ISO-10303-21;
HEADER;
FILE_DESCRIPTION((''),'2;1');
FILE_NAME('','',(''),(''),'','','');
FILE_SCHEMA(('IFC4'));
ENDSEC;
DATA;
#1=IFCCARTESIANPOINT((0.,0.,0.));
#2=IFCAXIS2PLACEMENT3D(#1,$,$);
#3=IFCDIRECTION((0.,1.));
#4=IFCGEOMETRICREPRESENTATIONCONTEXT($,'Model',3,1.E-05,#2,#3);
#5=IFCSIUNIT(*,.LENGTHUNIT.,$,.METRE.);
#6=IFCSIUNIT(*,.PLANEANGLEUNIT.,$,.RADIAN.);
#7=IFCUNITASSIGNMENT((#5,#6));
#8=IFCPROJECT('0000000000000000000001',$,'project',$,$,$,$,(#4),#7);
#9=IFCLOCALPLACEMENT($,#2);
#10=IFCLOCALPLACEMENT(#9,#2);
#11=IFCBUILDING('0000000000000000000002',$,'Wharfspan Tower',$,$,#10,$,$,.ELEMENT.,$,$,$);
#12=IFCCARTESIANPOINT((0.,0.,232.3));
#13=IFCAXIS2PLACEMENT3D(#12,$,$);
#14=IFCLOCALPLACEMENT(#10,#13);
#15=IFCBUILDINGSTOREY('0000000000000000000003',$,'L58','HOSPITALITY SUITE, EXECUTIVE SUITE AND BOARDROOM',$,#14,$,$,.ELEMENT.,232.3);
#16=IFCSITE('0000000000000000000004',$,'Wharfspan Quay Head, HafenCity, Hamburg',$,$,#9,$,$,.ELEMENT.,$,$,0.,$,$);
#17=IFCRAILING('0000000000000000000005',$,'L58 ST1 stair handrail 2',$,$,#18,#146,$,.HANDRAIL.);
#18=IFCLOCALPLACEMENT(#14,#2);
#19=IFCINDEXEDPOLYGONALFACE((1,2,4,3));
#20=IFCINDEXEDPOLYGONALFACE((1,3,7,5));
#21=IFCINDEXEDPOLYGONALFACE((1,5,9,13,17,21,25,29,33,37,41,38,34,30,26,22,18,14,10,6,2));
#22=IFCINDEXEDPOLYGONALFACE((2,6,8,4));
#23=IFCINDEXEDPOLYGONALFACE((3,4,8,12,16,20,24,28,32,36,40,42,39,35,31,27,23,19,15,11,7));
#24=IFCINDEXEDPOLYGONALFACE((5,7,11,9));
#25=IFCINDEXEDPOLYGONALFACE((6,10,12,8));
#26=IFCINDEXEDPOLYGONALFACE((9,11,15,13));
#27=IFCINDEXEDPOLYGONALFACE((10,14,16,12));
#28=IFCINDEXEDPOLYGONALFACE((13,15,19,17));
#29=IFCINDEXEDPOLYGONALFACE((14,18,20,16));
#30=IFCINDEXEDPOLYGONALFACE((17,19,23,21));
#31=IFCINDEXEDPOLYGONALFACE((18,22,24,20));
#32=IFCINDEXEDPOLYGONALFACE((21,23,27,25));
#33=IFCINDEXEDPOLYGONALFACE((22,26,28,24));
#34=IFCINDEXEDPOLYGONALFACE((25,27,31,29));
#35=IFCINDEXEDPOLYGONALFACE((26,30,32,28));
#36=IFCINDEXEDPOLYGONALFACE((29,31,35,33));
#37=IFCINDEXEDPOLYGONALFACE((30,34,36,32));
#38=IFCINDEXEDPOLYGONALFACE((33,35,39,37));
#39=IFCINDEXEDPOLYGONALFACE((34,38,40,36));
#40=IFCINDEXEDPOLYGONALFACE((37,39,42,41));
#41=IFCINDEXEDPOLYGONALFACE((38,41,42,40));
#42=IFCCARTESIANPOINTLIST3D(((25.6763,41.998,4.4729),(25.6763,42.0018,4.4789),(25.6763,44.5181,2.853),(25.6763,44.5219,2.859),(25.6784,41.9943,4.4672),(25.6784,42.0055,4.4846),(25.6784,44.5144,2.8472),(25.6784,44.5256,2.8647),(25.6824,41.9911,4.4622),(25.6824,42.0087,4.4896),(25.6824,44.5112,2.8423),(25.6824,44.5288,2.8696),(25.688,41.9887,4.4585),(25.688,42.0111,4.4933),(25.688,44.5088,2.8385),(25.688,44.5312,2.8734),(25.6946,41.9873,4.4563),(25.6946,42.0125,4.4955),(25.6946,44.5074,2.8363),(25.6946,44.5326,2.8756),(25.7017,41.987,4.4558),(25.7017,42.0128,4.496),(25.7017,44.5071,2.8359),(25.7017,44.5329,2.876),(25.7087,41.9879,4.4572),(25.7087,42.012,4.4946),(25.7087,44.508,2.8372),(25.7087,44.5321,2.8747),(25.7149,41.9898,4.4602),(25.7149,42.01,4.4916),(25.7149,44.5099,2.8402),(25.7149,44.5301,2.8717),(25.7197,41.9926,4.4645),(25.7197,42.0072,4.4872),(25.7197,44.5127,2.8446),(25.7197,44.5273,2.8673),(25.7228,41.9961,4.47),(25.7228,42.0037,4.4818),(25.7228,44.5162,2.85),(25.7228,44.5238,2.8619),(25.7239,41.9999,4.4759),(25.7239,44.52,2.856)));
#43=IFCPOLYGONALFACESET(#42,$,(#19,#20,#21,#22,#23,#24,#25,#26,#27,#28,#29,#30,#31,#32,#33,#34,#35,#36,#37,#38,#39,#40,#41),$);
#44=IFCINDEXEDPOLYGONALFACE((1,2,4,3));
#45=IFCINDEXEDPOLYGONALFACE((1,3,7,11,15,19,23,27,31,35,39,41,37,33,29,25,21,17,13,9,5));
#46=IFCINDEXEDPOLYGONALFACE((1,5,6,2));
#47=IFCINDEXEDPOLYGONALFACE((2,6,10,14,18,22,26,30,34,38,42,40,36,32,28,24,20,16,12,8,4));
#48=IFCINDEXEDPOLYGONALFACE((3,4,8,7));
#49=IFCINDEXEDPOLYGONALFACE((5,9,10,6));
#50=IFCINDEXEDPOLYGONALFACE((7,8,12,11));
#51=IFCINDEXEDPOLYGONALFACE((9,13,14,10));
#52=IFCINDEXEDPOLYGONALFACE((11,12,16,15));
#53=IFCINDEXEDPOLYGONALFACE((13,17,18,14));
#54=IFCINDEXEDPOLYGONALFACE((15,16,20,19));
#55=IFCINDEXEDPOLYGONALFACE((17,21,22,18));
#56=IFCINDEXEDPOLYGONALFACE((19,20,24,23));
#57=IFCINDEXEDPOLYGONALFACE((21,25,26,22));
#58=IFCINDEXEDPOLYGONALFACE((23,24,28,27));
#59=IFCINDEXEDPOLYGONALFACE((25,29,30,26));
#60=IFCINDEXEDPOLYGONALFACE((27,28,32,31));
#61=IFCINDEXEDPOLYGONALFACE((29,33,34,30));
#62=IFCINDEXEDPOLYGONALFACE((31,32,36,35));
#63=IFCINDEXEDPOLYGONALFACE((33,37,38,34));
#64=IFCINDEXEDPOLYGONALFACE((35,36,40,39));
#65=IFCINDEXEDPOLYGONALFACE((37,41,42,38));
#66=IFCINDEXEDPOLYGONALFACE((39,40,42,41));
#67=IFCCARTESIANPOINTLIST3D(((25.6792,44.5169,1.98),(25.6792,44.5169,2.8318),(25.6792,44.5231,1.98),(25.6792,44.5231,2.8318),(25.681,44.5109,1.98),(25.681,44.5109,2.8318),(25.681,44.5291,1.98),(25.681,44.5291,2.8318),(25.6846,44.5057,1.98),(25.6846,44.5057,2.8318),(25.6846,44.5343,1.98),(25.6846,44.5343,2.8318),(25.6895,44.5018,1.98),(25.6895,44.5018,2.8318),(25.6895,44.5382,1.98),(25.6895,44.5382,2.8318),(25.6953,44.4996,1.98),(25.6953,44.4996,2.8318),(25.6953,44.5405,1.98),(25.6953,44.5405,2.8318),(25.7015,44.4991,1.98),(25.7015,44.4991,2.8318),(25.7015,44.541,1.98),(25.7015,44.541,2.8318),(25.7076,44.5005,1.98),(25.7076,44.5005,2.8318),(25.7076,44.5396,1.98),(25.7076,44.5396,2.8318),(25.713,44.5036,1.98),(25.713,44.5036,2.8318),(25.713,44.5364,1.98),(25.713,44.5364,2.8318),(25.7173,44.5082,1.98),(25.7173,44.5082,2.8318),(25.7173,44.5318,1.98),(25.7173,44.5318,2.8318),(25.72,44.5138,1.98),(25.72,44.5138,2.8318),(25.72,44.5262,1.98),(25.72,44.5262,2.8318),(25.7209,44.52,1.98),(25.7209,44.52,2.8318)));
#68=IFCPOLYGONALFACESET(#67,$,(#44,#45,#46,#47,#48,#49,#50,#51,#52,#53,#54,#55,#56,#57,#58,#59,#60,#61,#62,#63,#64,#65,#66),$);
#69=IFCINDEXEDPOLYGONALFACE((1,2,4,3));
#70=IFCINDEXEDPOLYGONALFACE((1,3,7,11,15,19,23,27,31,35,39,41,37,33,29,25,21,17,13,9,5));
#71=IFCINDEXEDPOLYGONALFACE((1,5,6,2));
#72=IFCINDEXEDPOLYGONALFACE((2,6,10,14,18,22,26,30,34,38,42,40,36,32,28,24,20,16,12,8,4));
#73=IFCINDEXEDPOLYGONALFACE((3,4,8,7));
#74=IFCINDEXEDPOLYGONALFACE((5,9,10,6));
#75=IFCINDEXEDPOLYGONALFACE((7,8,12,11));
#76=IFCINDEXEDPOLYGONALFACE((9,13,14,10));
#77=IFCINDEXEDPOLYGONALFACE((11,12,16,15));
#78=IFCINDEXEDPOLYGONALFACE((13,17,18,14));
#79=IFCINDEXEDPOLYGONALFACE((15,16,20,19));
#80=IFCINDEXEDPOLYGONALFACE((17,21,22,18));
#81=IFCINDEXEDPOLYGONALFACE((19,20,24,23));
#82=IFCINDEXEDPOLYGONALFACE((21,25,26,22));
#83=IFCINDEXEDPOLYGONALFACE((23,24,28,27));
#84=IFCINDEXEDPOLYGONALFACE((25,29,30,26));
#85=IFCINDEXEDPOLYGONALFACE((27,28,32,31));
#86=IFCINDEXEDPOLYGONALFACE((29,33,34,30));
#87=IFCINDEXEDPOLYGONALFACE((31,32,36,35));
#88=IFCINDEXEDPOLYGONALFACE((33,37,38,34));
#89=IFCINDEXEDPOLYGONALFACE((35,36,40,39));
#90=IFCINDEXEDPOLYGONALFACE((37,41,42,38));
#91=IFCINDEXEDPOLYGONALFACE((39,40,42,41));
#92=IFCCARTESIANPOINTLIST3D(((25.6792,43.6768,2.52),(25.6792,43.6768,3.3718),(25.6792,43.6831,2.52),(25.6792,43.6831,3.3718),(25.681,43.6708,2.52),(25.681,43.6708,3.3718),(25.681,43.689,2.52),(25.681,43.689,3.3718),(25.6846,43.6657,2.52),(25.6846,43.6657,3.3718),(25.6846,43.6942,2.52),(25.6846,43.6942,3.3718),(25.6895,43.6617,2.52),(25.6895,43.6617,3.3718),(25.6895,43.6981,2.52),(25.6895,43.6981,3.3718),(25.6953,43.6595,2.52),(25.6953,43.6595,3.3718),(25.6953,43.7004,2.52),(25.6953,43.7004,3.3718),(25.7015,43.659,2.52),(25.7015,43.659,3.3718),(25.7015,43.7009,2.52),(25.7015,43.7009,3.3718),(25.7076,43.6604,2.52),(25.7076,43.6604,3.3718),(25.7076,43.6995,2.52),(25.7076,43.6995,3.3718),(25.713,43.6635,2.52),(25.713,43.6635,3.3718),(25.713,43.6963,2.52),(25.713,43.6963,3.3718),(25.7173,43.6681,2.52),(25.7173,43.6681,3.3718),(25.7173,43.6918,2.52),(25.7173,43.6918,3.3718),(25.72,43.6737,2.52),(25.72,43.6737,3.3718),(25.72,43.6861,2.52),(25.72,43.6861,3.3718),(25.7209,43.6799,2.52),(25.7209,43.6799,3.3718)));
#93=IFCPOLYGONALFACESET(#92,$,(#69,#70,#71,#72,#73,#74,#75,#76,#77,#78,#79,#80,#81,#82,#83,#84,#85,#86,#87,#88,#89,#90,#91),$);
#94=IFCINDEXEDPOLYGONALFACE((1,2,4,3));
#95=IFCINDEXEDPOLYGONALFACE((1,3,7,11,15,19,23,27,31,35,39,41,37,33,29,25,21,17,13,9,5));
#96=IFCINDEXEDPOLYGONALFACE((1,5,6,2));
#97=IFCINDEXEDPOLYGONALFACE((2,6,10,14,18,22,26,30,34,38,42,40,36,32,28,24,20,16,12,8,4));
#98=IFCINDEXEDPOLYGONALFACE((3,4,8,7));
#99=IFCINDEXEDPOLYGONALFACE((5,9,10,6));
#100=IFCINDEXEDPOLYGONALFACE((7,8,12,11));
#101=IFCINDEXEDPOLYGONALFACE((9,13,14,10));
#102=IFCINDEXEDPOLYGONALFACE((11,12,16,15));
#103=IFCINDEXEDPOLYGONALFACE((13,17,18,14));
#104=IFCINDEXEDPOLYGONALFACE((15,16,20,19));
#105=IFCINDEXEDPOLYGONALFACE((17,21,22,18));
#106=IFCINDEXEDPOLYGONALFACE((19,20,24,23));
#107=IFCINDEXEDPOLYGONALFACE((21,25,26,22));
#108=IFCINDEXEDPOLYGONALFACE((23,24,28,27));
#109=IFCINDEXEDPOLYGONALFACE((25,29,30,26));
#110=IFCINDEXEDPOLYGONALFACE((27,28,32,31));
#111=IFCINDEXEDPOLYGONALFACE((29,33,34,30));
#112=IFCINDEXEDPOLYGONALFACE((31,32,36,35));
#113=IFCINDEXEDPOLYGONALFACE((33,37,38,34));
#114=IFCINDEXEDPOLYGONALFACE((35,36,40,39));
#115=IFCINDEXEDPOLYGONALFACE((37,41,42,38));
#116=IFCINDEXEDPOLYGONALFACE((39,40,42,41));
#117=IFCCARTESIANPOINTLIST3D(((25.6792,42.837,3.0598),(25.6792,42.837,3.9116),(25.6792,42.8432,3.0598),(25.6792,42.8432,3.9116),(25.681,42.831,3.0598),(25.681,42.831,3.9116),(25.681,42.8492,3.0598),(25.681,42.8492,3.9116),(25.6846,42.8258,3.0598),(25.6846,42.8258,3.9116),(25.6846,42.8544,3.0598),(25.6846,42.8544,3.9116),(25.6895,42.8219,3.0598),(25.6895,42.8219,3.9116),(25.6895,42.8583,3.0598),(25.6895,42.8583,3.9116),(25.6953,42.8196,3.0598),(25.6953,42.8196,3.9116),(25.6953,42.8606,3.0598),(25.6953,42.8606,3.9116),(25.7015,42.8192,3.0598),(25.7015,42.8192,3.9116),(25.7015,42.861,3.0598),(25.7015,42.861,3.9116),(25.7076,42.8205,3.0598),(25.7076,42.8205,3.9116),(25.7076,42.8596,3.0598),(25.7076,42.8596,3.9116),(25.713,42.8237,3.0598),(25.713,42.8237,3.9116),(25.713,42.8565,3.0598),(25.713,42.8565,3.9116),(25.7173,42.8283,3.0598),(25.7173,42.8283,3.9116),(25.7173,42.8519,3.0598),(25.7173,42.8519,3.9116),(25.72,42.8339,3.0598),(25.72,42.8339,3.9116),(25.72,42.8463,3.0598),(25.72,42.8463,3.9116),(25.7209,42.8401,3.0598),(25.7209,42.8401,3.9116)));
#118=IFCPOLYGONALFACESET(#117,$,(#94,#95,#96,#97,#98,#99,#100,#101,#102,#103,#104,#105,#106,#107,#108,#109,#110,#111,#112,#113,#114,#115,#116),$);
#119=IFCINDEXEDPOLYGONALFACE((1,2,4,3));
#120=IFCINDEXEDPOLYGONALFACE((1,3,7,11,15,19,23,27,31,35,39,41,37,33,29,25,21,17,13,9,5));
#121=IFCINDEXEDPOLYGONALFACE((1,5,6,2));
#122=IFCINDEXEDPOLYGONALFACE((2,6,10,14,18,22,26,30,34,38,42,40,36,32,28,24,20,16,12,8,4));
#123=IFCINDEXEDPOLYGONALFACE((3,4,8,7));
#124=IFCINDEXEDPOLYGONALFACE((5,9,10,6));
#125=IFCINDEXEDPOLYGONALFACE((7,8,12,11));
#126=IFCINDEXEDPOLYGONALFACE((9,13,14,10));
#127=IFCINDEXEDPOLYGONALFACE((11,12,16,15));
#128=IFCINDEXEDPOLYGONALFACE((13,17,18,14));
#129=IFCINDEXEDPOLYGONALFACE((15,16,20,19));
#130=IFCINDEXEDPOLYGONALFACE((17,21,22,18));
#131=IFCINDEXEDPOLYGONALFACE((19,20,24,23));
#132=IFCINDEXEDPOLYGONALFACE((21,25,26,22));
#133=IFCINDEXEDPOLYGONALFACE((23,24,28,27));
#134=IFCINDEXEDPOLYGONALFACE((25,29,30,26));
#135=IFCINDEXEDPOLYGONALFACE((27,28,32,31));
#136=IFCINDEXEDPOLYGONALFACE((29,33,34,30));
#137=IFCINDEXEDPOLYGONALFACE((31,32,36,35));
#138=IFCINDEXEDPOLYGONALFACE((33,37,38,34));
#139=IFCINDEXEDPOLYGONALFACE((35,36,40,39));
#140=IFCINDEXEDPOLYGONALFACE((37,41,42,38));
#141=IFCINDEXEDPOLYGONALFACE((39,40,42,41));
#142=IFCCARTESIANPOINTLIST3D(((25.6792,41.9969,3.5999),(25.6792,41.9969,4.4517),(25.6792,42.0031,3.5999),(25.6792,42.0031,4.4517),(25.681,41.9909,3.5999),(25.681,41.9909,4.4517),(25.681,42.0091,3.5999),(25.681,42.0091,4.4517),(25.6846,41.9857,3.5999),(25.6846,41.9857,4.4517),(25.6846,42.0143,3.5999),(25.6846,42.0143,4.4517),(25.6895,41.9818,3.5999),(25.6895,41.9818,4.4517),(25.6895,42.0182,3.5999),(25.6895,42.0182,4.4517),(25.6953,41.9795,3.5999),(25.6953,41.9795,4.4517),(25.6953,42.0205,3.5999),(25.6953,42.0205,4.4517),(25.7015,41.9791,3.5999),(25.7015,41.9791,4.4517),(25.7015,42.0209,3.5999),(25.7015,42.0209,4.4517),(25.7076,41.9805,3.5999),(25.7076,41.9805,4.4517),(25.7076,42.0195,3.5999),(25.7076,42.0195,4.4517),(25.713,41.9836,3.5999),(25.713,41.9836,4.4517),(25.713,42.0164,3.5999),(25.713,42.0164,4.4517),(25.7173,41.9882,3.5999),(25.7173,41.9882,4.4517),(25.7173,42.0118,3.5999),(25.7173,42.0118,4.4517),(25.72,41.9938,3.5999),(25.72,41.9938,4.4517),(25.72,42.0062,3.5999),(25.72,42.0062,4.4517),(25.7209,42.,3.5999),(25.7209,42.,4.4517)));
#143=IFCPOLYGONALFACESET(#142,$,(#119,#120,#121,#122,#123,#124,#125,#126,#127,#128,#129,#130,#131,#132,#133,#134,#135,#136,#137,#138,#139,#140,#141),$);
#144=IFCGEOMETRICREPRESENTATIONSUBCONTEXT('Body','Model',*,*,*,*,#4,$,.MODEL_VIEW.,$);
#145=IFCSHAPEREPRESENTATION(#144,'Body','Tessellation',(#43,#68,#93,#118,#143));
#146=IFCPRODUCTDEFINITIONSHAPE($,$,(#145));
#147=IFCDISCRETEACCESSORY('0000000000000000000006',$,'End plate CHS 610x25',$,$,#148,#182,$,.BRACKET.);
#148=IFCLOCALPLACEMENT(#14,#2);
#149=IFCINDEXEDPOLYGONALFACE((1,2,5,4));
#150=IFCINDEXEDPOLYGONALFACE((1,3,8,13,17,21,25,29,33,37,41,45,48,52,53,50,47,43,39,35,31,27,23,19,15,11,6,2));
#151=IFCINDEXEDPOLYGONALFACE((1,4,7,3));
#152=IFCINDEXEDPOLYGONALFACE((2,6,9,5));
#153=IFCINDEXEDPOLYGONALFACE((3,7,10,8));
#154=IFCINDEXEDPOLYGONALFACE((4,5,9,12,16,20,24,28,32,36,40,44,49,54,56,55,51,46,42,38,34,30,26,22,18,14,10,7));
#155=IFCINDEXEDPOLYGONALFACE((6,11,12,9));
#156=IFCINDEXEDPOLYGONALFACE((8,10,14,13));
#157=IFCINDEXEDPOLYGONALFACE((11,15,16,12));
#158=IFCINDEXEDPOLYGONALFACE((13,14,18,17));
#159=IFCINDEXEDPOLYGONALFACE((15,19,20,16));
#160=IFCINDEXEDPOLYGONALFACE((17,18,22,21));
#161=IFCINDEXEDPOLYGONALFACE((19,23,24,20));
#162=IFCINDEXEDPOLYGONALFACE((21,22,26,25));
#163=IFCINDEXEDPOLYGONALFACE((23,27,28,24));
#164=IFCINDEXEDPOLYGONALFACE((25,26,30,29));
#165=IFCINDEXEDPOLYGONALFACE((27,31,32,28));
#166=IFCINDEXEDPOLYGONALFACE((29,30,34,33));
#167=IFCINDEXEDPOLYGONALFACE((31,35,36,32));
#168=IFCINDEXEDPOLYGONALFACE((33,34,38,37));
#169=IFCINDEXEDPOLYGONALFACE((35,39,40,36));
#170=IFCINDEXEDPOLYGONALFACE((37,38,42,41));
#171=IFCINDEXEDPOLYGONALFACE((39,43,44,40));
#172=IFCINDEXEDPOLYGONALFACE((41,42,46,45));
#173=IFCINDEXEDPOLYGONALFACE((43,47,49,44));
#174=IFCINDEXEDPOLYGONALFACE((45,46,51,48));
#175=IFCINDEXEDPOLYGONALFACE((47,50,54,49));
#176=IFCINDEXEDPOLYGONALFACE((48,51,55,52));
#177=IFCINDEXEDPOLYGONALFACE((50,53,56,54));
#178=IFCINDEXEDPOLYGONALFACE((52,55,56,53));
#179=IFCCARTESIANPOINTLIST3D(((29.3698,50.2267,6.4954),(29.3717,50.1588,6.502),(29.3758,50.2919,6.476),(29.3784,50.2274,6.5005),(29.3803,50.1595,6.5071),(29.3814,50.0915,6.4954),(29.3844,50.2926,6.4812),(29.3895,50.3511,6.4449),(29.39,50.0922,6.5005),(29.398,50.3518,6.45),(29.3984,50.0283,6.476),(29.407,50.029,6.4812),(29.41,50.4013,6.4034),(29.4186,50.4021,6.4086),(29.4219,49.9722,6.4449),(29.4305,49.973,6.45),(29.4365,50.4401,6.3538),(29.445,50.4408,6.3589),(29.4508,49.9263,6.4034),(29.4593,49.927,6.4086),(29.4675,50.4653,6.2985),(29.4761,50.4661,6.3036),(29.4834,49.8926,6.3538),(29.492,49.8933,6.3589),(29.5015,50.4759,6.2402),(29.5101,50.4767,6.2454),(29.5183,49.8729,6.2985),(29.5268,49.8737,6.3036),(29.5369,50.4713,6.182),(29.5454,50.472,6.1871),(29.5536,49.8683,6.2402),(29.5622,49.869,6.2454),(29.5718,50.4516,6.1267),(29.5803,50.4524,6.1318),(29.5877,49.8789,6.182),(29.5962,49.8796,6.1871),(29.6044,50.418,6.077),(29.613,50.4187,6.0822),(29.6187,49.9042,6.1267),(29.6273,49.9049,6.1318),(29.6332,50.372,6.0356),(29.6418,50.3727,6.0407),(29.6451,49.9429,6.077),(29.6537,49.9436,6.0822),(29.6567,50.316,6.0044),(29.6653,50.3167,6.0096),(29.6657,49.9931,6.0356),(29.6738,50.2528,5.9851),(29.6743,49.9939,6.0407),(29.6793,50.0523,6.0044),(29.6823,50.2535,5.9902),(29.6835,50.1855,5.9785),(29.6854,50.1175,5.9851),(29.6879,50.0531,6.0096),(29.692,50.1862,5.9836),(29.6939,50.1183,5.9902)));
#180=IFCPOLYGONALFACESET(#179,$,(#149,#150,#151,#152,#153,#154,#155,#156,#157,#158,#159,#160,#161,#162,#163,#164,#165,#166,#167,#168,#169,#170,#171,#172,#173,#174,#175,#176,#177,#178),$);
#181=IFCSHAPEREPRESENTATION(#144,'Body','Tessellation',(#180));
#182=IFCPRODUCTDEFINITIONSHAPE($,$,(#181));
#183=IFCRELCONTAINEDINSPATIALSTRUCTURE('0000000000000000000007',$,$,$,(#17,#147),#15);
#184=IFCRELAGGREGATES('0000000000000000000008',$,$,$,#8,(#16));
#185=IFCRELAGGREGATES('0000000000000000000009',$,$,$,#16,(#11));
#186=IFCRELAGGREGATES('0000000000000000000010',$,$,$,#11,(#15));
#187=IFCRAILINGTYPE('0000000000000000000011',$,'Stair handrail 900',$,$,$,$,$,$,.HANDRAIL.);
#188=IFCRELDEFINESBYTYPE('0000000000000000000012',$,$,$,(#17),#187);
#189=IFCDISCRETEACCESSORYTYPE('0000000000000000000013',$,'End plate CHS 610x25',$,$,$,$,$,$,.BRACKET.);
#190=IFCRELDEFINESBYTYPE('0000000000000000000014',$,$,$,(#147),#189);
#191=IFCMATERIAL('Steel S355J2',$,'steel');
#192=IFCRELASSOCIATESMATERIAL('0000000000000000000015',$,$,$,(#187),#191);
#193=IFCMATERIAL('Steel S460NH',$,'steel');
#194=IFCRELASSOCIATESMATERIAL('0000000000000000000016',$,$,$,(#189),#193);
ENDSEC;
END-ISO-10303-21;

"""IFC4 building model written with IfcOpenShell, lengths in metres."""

from ifc_helpers import new_model, si_unit, direction, frame, origin, origin_2d, place, context, subcontext, project, spatial, circle, extrude, material, material_profile, profile_set, type_object, element, save


model = new_model("IFC4")

# Units and contexts
model_context = context("Model", 3, precision=1e-05, world=origin(), true_north=direction((0.0, 1.0)))
body_context = subcontext(model_context, "Body", "Model", "MODEL_VIEW")
ifc_project = project(units=[si_unit("LENGTHUNIT", "METRE"), si_unit("PLANEANGLEUNIT", "RADIAN")], contexts=[model_context])

# Site, building, storey
site_placement = place(None, origin())
site = spatial("IfcSite", under=ifc_project, at=site_placement, Name="Wharfspan Quay Head, HafenCity, Hamburg", CompositionType="ELEMENT", RefElevation=0.0)
building_placement = place(site_placement, origin())
building = spatial("IfcBuilding", under=site, at=building_placement, Name="Wharfspan Tower", CompositionType="ELEMENT")
storey_placement = place(building_placement, frame((0.0, 0.0, 232.3)))
storey = spatial("IfcBuildingStorey", under=building, at=storey_placement, Name="L58", Description="HOSPITALITY SUITE, EXECUTIVE SUITE AND BOARDROOM", CompositionType="ELEMENT", Elevation=232.3)

# Shared definitions
ifc_material_1 = material(Name="Steel S355J2", Category="steel")

# Shared definitions
ifc_material_2 = material(Name="Steel S460NH", Category="steel")

# Railing
railing_type_1 = type_object("IfcRailingType", Name="Stair handrail 900", PredefinedType="HANDRAIL", material=ifc_material_1)
railing_1_placement = place(storey_placement, frame((25.7, 44.52, 1.98)))
element("IfcRailing", 1, at=railing_1_placement, inside=storey, type_object=railing_type_1, Name="L58 ST1 stair handrail 2", PredefinedType="HANDRAIL", context=body_context, shape_type="SweptSolid", body=[
    extrude(circle(Radius=0.0239, at=origin_2d()), frame((0.0, 0.0, 0.876), z_axis=(0.0, -0.8412, 0.540725), x_axis=(1.0, 0.0, 0.0)), (0.0, 0.0, 1.0), 2.9958),
    extrude(circle(Radius=0.021, at=origin_2d()), origin(), (0.0, 0.0, 1.0), 0.8518),
    extrude(circle(Radius=0.021, at=origin_2d()), frame((0.0, -0.8401, 0.54)), (0.0, 0.0, 1.0), 0.8518),
    extrude(circle(Radius=0.021, at=origin_2d()), frame((0.0, -1.6799, 1.0798)), (0.0, 0.0, 1.0), 0.8518),
    extrude(circle(Radius=0.021, at=origin_2d()), frame((0.0, -2.52, 1.6199)), (0.0, 0.0, 1.0), 0.8518),
])

# Discrete accessory
ifc_material_profile_1 = material_profile(ifc_material_2, circle(Radius=0.3049, at=origin_2d()))
ifc_profile_set_1 = profile_set([ifc_material_profile_1], Name="Steel S460NH")
discrete_accessory_type = type_object("IfcDiscreteAccessoryType", Name="End plate CHS 610x25", PredefinedType="BRACKET", material=ifc_profile_set_1)
for number, where, z_axis, x_axis, name in (
    (2, (29.5276, 50.1721, 6.2402), (0.855186, 0.073302, 0.513112), (-0.085402, 0.996345, 0.000001), "End plate CHS 610x25"),
):
    element("IfcDiscreteAccessory", number, at=place(storey_placement, frame(where, z_axis=z_axis, x_axis=x_axis)), inside=storey, type_object=discrete_accessory_type, Name=name, PredefinedType="BRACKET", context=body_context, shape_type="SweptSolid", body=[
        extrude(circle(Radius=0.3049, at=origin_2d()), origin(), (0.0, 0.0, 1.0), 0.01),
    ])

save(model, "model.ifc")
